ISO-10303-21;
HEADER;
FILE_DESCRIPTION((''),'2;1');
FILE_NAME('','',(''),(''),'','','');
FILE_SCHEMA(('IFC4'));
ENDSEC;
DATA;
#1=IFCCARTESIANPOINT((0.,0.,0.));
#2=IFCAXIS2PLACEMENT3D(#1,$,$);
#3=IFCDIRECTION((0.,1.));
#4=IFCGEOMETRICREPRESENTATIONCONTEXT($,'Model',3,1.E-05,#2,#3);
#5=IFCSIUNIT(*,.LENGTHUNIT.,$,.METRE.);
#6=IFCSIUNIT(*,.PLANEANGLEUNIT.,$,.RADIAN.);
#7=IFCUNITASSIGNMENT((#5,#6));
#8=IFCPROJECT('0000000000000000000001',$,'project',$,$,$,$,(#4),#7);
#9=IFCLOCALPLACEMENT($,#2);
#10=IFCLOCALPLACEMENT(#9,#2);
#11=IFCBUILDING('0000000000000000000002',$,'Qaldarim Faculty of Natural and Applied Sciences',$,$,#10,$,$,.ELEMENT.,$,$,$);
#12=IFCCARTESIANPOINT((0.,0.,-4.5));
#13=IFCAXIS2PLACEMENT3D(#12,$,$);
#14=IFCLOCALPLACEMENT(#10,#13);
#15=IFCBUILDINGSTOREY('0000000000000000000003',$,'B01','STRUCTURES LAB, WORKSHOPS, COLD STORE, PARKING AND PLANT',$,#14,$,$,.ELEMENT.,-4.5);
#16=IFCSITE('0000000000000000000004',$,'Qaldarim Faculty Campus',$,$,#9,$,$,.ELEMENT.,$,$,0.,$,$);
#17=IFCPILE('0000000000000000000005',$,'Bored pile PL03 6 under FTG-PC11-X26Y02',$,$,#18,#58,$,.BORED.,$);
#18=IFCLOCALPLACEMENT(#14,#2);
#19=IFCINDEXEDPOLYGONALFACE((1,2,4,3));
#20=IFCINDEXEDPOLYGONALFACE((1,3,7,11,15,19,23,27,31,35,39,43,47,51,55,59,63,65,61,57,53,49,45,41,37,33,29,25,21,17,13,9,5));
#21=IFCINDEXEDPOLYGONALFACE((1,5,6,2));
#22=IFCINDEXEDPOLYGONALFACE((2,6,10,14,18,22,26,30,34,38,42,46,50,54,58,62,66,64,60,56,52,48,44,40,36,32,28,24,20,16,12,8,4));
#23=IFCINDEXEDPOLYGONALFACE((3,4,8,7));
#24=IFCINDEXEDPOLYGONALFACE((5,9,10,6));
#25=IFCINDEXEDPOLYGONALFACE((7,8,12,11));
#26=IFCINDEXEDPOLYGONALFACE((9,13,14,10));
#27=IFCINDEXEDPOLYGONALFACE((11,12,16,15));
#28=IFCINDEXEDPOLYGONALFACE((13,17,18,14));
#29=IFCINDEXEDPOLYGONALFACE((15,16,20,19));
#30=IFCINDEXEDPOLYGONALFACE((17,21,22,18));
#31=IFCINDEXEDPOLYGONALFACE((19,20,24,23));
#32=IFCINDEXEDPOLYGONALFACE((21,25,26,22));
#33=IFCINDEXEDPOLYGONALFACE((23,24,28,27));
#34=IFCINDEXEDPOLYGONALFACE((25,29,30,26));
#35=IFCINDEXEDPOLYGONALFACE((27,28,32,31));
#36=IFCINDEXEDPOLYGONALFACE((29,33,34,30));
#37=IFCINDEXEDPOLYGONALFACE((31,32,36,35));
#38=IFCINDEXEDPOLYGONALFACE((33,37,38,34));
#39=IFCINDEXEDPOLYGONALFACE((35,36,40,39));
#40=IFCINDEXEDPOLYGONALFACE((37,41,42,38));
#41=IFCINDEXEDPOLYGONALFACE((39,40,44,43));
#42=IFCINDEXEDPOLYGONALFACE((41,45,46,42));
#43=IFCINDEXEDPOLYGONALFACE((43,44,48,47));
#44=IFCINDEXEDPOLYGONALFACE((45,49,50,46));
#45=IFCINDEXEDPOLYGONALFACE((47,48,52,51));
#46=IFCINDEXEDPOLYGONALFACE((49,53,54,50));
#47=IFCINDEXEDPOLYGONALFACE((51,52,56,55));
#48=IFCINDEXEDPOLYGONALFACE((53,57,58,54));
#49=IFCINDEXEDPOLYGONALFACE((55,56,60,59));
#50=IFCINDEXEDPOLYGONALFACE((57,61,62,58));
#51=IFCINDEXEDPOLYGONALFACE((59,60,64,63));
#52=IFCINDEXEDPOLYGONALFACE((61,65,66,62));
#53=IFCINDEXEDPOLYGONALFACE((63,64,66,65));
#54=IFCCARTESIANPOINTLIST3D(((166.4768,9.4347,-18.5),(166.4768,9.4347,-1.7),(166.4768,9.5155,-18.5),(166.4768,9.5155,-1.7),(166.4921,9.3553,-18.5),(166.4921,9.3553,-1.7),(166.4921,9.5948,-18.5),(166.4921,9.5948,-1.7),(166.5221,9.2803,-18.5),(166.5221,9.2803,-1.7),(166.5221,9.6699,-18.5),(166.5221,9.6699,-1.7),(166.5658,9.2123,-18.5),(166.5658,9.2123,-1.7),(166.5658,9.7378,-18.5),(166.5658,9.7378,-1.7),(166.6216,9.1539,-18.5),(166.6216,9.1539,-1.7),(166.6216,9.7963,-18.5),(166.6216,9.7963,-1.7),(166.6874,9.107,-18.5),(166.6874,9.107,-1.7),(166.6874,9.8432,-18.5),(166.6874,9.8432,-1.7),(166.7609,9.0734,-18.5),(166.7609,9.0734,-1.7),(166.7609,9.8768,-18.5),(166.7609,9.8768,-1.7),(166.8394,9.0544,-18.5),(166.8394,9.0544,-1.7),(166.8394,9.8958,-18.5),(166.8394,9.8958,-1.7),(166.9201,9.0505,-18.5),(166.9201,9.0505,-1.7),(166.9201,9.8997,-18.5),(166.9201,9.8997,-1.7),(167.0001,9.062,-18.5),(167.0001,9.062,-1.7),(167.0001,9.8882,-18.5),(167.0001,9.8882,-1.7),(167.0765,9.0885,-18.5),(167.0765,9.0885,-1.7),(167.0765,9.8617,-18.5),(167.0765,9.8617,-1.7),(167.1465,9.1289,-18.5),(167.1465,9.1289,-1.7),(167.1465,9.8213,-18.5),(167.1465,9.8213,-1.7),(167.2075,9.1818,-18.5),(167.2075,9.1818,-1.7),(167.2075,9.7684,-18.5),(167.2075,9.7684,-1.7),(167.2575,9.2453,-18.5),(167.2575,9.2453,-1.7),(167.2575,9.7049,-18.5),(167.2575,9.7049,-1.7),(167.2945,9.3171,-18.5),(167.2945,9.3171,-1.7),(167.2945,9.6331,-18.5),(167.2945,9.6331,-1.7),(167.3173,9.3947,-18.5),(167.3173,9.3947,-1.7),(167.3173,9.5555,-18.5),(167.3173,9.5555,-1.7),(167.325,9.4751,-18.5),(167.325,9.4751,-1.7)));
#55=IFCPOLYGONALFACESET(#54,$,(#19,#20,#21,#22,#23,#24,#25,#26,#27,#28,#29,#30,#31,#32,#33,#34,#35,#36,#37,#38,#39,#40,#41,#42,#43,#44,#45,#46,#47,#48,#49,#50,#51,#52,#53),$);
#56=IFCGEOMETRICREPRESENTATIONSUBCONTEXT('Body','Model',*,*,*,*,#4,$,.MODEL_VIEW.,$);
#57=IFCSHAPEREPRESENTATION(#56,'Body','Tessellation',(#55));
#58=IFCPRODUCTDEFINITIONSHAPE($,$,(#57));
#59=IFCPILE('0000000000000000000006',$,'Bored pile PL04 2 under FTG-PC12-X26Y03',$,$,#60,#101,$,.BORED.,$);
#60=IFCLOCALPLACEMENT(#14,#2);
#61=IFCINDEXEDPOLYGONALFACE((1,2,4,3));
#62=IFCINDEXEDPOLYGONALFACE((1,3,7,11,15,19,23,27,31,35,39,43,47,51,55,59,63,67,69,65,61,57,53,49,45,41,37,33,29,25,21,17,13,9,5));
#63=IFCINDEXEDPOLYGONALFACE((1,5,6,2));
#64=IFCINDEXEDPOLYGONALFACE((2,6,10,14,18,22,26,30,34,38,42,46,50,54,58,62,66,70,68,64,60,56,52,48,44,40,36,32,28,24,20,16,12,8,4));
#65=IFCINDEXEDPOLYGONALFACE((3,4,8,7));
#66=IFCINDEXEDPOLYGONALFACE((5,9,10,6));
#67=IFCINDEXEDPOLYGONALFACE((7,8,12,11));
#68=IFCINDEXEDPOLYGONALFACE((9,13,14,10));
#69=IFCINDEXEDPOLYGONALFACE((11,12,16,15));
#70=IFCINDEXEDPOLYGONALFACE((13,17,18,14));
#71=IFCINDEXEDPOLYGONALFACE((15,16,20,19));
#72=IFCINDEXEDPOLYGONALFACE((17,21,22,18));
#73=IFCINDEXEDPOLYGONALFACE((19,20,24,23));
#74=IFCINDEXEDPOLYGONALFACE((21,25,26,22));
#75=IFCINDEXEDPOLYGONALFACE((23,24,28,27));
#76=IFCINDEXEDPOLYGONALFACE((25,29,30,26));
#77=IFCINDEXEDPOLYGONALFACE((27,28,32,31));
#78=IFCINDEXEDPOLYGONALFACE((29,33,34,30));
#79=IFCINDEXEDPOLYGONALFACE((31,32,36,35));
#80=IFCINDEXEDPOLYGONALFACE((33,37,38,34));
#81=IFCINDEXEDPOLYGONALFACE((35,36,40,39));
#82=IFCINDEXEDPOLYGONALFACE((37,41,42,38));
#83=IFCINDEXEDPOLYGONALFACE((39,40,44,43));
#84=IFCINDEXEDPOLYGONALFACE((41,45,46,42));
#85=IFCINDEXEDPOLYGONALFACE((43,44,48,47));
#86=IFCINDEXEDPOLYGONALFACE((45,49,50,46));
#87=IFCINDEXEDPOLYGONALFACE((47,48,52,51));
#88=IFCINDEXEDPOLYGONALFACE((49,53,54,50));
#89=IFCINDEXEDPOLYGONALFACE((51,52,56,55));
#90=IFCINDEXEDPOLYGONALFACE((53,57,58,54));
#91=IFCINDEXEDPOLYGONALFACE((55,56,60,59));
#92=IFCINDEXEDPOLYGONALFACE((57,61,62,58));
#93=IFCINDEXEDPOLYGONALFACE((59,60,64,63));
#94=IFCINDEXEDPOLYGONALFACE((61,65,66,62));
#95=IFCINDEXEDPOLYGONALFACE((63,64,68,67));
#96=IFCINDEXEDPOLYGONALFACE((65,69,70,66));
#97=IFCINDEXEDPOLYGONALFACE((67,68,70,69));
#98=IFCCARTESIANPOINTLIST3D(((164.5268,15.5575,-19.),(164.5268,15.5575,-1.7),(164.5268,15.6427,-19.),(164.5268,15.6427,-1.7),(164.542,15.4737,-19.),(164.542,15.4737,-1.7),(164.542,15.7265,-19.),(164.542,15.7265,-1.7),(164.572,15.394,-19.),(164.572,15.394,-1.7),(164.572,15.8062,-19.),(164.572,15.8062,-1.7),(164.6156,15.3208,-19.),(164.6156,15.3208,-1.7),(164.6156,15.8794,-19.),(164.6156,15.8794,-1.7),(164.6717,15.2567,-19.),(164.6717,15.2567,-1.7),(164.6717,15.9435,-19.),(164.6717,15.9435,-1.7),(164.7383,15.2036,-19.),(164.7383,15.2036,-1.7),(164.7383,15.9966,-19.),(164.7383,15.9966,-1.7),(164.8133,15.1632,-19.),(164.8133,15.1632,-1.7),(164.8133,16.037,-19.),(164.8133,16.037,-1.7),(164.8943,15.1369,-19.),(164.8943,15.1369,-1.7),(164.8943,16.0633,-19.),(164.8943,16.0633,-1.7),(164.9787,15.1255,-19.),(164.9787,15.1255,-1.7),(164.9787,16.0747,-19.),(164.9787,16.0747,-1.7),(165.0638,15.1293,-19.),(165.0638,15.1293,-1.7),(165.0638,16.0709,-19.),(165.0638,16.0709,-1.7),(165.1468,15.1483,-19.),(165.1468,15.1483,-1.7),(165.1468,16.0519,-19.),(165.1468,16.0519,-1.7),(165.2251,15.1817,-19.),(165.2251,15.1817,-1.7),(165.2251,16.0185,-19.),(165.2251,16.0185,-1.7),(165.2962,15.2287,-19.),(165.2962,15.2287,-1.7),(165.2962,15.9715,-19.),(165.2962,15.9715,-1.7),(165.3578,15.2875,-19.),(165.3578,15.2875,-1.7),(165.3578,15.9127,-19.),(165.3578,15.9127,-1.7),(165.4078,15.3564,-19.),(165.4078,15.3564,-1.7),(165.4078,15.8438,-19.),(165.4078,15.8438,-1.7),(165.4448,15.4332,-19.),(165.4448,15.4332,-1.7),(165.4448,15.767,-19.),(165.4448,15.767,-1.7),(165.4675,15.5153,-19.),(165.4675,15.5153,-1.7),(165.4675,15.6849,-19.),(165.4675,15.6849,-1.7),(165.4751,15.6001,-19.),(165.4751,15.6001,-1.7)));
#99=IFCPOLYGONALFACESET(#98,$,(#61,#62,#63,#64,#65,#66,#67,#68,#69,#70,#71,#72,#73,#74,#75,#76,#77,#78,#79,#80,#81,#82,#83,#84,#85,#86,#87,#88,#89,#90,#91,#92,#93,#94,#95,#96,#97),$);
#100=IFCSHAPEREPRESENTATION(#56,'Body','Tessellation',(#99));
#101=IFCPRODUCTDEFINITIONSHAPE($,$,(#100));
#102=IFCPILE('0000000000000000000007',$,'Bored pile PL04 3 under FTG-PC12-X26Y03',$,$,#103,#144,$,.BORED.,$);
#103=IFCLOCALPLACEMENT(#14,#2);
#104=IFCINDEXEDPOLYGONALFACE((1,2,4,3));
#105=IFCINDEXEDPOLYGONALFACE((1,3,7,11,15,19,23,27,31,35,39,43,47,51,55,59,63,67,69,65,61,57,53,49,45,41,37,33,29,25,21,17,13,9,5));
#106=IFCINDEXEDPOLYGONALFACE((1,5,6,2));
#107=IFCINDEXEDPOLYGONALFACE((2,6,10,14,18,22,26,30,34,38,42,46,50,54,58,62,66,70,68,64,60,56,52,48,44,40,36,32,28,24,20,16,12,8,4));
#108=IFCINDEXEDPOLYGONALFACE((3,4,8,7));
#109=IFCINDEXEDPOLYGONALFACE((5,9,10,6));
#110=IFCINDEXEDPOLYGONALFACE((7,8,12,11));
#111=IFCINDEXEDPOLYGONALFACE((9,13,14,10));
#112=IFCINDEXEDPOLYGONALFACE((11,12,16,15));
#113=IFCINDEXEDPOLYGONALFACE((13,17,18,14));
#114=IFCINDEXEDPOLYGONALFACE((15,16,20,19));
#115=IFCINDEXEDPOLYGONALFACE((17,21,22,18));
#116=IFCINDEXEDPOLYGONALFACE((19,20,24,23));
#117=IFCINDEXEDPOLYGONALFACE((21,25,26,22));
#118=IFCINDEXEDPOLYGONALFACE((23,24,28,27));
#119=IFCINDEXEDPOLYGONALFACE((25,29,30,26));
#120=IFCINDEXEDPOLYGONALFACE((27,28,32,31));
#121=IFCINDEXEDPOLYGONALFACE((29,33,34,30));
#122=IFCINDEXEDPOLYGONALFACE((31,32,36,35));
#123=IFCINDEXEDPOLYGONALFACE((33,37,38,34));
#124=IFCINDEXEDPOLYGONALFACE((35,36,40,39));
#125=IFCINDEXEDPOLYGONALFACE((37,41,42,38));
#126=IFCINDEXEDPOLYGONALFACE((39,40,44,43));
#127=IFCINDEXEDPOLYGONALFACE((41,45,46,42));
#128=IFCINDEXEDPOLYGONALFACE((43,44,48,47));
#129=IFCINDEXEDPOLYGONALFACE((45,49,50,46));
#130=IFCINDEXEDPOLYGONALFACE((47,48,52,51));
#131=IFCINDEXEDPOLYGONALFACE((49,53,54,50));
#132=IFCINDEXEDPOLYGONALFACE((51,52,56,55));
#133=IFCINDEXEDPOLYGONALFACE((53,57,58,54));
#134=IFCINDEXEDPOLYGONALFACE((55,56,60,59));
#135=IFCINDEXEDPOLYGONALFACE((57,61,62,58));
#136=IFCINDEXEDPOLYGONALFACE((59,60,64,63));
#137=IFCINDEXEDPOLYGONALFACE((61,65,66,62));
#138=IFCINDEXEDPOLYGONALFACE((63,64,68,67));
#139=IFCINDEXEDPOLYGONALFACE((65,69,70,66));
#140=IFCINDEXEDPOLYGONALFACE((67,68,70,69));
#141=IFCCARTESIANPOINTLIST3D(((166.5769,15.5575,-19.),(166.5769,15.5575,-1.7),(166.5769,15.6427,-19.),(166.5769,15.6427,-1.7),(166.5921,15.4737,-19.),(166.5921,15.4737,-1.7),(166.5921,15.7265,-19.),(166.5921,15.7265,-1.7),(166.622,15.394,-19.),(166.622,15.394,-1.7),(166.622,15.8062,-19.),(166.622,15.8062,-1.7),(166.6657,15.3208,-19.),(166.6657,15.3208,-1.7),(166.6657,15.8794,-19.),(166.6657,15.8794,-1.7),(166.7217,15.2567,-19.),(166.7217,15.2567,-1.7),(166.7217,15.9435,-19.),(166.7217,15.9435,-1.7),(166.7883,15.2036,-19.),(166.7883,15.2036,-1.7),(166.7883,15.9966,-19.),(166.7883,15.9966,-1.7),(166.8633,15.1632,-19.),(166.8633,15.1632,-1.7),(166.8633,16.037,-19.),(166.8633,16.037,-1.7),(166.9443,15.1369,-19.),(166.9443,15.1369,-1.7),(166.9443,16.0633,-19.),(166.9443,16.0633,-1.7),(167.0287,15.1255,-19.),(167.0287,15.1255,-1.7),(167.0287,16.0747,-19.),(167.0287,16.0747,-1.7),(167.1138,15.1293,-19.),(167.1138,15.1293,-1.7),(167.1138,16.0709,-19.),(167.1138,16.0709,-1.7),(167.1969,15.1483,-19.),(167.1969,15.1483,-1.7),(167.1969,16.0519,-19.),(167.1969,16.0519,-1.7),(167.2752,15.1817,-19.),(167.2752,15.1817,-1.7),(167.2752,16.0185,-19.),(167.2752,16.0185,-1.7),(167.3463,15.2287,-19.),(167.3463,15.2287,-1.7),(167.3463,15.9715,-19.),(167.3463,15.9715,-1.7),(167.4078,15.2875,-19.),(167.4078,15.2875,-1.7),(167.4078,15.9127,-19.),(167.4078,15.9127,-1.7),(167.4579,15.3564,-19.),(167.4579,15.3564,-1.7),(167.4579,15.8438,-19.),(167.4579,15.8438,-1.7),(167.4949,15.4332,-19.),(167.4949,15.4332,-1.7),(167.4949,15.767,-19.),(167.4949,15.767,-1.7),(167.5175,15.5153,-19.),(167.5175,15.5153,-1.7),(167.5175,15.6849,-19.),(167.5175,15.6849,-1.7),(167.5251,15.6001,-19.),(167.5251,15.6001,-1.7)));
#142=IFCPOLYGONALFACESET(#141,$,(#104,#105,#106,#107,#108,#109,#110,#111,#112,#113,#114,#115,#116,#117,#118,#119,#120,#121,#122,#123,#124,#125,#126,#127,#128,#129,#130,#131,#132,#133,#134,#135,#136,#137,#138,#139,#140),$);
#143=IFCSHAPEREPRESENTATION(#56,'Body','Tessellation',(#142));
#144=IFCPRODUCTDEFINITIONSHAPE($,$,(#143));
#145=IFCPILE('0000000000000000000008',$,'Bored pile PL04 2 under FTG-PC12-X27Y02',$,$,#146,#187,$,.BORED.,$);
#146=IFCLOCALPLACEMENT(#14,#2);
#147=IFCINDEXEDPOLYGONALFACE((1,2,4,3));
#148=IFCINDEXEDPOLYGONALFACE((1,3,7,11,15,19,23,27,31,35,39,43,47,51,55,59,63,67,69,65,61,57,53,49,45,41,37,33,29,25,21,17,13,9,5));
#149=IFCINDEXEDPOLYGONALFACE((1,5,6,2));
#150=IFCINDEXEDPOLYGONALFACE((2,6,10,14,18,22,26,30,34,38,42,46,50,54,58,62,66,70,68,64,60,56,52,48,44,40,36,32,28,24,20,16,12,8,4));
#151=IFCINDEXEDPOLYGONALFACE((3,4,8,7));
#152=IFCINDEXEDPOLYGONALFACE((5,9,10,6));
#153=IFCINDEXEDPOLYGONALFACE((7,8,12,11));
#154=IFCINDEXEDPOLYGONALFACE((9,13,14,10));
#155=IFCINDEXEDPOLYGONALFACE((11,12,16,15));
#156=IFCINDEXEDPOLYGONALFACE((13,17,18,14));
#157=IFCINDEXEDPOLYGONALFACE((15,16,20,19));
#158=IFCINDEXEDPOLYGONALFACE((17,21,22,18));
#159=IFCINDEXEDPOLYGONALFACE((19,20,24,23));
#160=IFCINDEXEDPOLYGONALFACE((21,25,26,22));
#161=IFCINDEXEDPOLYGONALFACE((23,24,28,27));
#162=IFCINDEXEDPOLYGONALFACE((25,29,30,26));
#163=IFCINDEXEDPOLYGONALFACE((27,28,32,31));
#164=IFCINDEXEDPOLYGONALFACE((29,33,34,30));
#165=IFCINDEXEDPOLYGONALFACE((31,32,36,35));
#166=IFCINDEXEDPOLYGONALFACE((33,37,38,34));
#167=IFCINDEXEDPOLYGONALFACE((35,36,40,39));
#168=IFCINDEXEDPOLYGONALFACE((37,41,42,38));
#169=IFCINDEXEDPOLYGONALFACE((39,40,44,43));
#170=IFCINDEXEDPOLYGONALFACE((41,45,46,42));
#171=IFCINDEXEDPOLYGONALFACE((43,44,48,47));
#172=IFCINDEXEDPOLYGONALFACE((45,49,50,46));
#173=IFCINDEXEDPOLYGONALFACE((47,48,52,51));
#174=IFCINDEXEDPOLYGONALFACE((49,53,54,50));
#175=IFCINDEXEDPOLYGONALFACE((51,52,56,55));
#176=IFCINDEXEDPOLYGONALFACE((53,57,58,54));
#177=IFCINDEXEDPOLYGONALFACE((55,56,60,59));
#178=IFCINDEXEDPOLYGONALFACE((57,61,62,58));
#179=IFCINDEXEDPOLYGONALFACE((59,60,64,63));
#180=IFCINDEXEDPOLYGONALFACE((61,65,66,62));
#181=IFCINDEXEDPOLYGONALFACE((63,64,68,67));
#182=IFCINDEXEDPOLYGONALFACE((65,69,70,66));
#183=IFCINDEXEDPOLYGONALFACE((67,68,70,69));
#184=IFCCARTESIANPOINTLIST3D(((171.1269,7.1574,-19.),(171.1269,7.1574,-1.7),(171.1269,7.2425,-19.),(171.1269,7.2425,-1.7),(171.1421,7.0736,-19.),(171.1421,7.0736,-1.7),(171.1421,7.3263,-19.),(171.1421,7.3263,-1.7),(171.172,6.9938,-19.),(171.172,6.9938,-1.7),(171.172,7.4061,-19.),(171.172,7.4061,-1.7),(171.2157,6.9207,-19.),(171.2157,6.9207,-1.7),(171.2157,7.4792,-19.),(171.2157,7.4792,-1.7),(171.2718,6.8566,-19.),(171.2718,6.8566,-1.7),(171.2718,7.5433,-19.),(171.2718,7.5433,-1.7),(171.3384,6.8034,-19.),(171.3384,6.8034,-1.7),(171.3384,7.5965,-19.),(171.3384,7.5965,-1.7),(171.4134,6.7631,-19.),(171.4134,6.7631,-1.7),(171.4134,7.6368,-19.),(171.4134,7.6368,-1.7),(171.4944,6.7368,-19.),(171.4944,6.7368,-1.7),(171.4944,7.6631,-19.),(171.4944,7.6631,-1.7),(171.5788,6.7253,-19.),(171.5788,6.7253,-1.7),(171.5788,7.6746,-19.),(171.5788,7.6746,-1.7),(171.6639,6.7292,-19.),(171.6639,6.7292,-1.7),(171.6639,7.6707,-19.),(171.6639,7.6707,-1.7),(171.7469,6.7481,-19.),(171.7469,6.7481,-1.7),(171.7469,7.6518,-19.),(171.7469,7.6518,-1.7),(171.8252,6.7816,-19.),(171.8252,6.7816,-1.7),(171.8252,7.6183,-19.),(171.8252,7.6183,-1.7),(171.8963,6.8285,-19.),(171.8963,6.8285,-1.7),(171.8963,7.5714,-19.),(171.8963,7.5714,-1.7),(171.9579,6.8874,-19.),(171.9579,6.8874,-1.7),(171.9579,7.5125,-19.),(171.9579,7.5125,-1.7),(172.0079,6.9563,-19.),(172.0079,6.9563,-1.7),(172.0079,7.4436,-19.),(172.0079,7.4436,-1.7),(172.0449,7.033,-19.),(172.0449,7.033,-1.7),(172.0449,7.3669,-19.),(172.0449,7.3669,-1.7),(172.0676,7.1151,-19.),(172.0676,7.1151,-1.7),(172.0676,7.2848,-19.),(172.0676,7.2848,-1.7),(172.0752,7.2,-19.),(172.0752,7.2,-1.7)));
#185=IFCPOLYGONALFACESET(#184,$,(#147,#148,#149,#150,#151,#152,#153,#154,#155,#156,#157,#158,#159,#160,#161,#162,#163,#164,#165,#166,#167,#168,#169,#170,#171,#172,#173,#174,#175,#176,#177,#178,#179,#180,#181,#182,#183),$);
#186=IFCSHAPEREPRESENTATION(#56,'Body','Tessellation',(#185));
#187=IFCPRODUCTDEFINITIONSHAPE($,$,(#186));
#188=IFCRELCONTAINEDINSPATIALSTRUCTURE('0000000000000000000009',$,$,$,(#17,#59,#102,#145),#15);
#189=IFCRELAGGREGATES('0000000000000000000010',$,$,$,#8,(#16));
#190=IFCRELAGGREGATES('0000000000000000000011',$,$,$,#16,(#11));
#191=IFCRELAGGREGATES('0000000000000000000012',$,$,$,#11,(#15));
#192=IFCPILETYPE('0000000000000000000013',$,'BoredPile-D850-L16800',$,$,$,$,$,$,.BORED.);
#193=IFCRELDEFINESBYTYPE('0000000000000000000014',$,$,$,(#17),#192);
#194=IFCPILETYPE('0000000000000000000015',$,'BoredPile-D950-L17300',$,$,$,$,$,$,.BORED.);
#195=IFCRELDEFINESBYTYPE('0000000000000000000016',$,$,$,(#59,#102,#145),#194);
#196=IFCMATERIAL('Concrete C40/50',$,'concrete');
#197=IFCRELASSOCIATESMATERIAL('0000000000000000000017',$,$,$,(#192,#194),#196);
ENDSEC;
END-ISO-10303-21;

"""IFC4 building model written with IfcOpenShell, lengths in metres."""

from ifc_helpers import new_model, si_unit, direction, frame, origin, origin_2d, place, context, subcontext, project, spatial, circle, extrude, material, material_profile, profile_set, type_object, element, save


model = new_model("IFC4")

# Units and contexts
model_context = context("Model", 3, precision=1e-05, world=origin(), true_north=direction((0.0, 1.0)))
body_context = subcontext(model_context, "Body", "Model", "MODEL_VIEW")
ifc_project = project(units=[si_unit("LENGTHUNIT", "METRE"), si_unit("PLANEANGLEUNIT", "RADIAN")], contexts=[model_context])

# Site, building, storey
site_placement = place(None, origin())
site = spatial("IfcSite", under=ifc_project, at=site_placement, Name="Qaldarim Faculty Campus", CompositionType="ELEMENT", RefElevation=0.0)
building_placement = place(site_placement, origin())
building = spatial("IfcBuilding", under=site, at=building_placement, Name="Qaldarim Faculty of Natural and Applied Sciences", CompositionType="ELEMENT")
storey_placement = place(building_placement, frame((0.0, 0.0, -4.5)))
storey = spatial("IfcBuildingStorey", under=building, at=storey_placement, Name="B01", Description="STRUCTURES LAB, WORKSHOPS, COLD STORE, PARKING AND PLANT", CompositionType="ELEMENT", Elevation=-4.5)

# Piles
ifc_material_1 = material(Name="Concrete C40/50", Category="concrete")
ifc_material_profile_1 = material_profile(ifc_material_1, circle(Radius=0.425, at=origin_2d()), Name="PILE-D850")
ifc_profile_set_1 = profile_set([ifc_material_profile_1], Name="Concrete C40/50")
pile_type_1 = type_object("IfcPileType", Name="BoredPile-D850-L16800", PredefinedType="BORED", material=ifc_profile_set_1)
for number, where, z_axis, x_axis, name in (
    (1, (166.8999, 9.4751, -1.7), (0.0, 0.0, -1.0), (1.0, 0.0, 0.0), "Bored pile PL03 6 under FTG-PC11-X26Y02"),
):
    element("IfcPile", number, at=place(storey_placement, frame(where, z_axis=z_axis, x_axis=x_axis)), inside=storey, type_object=pile_type_1, Name=name, PredefinedType="BORED", context=body_context, shape_type="SweptSolid", body=[
        extrude(circle(Radius=0.425, at=origin_2d()), origin(), (0.0, 0.0, 1.0), 16.8),
    ])
ifc_material_profile_2 = material_profile(ifc_material_1, circle(Radius=0.4751, at=origin_2d()), Name="PILE-D950")
ifc_profile_set_2 = profile_set([ifc_material_profile_2], Name="Concrete C40/50")
pile_type_2 = type_object("IfcPileType", Name="BoredPile-D950-L17300", PredefinedType="BORED", material=ifc_profile_set_2)
for number, where, z_axis, x_axis, name in (
    (2, (165.0, 15.6001, -1.7), (0.0, 0.0, -1.0), (1.0, 0.0, 0.0), "Bored pile PL04 2 under FTG-PC12-X26Y03"),
    (3, (167.05, 15.6001, -1.7), (0.0, 0.0, -1.0), (1.0, 0.0, 0.0), "Bored pile PL04 3 under FTG-PC12-X26Y03"),
    (4, (171.6001, 7.2, -1.7), (0.0, 0.0, -1.0), (1.0, 0.0, 0.0), "Bored pile PL04 2 under FTG-PC12-X27Y02"),
):
    element("IfcPile", number, at=place(storey_placement, frame(where, z_axis=z_axis, x_axis=x_axis)), inside=storey, type_object=pile_type_2, Name=name, PredefinedType="BORED", context=body_context, shape_type="SweptSolid", body=[
        extrude(circle(Radius=0.4751, at=origin_2d()), origin(), (0.0, 0.0, 1.0), 17.3),
    ])

save(model, "model.ifc")
